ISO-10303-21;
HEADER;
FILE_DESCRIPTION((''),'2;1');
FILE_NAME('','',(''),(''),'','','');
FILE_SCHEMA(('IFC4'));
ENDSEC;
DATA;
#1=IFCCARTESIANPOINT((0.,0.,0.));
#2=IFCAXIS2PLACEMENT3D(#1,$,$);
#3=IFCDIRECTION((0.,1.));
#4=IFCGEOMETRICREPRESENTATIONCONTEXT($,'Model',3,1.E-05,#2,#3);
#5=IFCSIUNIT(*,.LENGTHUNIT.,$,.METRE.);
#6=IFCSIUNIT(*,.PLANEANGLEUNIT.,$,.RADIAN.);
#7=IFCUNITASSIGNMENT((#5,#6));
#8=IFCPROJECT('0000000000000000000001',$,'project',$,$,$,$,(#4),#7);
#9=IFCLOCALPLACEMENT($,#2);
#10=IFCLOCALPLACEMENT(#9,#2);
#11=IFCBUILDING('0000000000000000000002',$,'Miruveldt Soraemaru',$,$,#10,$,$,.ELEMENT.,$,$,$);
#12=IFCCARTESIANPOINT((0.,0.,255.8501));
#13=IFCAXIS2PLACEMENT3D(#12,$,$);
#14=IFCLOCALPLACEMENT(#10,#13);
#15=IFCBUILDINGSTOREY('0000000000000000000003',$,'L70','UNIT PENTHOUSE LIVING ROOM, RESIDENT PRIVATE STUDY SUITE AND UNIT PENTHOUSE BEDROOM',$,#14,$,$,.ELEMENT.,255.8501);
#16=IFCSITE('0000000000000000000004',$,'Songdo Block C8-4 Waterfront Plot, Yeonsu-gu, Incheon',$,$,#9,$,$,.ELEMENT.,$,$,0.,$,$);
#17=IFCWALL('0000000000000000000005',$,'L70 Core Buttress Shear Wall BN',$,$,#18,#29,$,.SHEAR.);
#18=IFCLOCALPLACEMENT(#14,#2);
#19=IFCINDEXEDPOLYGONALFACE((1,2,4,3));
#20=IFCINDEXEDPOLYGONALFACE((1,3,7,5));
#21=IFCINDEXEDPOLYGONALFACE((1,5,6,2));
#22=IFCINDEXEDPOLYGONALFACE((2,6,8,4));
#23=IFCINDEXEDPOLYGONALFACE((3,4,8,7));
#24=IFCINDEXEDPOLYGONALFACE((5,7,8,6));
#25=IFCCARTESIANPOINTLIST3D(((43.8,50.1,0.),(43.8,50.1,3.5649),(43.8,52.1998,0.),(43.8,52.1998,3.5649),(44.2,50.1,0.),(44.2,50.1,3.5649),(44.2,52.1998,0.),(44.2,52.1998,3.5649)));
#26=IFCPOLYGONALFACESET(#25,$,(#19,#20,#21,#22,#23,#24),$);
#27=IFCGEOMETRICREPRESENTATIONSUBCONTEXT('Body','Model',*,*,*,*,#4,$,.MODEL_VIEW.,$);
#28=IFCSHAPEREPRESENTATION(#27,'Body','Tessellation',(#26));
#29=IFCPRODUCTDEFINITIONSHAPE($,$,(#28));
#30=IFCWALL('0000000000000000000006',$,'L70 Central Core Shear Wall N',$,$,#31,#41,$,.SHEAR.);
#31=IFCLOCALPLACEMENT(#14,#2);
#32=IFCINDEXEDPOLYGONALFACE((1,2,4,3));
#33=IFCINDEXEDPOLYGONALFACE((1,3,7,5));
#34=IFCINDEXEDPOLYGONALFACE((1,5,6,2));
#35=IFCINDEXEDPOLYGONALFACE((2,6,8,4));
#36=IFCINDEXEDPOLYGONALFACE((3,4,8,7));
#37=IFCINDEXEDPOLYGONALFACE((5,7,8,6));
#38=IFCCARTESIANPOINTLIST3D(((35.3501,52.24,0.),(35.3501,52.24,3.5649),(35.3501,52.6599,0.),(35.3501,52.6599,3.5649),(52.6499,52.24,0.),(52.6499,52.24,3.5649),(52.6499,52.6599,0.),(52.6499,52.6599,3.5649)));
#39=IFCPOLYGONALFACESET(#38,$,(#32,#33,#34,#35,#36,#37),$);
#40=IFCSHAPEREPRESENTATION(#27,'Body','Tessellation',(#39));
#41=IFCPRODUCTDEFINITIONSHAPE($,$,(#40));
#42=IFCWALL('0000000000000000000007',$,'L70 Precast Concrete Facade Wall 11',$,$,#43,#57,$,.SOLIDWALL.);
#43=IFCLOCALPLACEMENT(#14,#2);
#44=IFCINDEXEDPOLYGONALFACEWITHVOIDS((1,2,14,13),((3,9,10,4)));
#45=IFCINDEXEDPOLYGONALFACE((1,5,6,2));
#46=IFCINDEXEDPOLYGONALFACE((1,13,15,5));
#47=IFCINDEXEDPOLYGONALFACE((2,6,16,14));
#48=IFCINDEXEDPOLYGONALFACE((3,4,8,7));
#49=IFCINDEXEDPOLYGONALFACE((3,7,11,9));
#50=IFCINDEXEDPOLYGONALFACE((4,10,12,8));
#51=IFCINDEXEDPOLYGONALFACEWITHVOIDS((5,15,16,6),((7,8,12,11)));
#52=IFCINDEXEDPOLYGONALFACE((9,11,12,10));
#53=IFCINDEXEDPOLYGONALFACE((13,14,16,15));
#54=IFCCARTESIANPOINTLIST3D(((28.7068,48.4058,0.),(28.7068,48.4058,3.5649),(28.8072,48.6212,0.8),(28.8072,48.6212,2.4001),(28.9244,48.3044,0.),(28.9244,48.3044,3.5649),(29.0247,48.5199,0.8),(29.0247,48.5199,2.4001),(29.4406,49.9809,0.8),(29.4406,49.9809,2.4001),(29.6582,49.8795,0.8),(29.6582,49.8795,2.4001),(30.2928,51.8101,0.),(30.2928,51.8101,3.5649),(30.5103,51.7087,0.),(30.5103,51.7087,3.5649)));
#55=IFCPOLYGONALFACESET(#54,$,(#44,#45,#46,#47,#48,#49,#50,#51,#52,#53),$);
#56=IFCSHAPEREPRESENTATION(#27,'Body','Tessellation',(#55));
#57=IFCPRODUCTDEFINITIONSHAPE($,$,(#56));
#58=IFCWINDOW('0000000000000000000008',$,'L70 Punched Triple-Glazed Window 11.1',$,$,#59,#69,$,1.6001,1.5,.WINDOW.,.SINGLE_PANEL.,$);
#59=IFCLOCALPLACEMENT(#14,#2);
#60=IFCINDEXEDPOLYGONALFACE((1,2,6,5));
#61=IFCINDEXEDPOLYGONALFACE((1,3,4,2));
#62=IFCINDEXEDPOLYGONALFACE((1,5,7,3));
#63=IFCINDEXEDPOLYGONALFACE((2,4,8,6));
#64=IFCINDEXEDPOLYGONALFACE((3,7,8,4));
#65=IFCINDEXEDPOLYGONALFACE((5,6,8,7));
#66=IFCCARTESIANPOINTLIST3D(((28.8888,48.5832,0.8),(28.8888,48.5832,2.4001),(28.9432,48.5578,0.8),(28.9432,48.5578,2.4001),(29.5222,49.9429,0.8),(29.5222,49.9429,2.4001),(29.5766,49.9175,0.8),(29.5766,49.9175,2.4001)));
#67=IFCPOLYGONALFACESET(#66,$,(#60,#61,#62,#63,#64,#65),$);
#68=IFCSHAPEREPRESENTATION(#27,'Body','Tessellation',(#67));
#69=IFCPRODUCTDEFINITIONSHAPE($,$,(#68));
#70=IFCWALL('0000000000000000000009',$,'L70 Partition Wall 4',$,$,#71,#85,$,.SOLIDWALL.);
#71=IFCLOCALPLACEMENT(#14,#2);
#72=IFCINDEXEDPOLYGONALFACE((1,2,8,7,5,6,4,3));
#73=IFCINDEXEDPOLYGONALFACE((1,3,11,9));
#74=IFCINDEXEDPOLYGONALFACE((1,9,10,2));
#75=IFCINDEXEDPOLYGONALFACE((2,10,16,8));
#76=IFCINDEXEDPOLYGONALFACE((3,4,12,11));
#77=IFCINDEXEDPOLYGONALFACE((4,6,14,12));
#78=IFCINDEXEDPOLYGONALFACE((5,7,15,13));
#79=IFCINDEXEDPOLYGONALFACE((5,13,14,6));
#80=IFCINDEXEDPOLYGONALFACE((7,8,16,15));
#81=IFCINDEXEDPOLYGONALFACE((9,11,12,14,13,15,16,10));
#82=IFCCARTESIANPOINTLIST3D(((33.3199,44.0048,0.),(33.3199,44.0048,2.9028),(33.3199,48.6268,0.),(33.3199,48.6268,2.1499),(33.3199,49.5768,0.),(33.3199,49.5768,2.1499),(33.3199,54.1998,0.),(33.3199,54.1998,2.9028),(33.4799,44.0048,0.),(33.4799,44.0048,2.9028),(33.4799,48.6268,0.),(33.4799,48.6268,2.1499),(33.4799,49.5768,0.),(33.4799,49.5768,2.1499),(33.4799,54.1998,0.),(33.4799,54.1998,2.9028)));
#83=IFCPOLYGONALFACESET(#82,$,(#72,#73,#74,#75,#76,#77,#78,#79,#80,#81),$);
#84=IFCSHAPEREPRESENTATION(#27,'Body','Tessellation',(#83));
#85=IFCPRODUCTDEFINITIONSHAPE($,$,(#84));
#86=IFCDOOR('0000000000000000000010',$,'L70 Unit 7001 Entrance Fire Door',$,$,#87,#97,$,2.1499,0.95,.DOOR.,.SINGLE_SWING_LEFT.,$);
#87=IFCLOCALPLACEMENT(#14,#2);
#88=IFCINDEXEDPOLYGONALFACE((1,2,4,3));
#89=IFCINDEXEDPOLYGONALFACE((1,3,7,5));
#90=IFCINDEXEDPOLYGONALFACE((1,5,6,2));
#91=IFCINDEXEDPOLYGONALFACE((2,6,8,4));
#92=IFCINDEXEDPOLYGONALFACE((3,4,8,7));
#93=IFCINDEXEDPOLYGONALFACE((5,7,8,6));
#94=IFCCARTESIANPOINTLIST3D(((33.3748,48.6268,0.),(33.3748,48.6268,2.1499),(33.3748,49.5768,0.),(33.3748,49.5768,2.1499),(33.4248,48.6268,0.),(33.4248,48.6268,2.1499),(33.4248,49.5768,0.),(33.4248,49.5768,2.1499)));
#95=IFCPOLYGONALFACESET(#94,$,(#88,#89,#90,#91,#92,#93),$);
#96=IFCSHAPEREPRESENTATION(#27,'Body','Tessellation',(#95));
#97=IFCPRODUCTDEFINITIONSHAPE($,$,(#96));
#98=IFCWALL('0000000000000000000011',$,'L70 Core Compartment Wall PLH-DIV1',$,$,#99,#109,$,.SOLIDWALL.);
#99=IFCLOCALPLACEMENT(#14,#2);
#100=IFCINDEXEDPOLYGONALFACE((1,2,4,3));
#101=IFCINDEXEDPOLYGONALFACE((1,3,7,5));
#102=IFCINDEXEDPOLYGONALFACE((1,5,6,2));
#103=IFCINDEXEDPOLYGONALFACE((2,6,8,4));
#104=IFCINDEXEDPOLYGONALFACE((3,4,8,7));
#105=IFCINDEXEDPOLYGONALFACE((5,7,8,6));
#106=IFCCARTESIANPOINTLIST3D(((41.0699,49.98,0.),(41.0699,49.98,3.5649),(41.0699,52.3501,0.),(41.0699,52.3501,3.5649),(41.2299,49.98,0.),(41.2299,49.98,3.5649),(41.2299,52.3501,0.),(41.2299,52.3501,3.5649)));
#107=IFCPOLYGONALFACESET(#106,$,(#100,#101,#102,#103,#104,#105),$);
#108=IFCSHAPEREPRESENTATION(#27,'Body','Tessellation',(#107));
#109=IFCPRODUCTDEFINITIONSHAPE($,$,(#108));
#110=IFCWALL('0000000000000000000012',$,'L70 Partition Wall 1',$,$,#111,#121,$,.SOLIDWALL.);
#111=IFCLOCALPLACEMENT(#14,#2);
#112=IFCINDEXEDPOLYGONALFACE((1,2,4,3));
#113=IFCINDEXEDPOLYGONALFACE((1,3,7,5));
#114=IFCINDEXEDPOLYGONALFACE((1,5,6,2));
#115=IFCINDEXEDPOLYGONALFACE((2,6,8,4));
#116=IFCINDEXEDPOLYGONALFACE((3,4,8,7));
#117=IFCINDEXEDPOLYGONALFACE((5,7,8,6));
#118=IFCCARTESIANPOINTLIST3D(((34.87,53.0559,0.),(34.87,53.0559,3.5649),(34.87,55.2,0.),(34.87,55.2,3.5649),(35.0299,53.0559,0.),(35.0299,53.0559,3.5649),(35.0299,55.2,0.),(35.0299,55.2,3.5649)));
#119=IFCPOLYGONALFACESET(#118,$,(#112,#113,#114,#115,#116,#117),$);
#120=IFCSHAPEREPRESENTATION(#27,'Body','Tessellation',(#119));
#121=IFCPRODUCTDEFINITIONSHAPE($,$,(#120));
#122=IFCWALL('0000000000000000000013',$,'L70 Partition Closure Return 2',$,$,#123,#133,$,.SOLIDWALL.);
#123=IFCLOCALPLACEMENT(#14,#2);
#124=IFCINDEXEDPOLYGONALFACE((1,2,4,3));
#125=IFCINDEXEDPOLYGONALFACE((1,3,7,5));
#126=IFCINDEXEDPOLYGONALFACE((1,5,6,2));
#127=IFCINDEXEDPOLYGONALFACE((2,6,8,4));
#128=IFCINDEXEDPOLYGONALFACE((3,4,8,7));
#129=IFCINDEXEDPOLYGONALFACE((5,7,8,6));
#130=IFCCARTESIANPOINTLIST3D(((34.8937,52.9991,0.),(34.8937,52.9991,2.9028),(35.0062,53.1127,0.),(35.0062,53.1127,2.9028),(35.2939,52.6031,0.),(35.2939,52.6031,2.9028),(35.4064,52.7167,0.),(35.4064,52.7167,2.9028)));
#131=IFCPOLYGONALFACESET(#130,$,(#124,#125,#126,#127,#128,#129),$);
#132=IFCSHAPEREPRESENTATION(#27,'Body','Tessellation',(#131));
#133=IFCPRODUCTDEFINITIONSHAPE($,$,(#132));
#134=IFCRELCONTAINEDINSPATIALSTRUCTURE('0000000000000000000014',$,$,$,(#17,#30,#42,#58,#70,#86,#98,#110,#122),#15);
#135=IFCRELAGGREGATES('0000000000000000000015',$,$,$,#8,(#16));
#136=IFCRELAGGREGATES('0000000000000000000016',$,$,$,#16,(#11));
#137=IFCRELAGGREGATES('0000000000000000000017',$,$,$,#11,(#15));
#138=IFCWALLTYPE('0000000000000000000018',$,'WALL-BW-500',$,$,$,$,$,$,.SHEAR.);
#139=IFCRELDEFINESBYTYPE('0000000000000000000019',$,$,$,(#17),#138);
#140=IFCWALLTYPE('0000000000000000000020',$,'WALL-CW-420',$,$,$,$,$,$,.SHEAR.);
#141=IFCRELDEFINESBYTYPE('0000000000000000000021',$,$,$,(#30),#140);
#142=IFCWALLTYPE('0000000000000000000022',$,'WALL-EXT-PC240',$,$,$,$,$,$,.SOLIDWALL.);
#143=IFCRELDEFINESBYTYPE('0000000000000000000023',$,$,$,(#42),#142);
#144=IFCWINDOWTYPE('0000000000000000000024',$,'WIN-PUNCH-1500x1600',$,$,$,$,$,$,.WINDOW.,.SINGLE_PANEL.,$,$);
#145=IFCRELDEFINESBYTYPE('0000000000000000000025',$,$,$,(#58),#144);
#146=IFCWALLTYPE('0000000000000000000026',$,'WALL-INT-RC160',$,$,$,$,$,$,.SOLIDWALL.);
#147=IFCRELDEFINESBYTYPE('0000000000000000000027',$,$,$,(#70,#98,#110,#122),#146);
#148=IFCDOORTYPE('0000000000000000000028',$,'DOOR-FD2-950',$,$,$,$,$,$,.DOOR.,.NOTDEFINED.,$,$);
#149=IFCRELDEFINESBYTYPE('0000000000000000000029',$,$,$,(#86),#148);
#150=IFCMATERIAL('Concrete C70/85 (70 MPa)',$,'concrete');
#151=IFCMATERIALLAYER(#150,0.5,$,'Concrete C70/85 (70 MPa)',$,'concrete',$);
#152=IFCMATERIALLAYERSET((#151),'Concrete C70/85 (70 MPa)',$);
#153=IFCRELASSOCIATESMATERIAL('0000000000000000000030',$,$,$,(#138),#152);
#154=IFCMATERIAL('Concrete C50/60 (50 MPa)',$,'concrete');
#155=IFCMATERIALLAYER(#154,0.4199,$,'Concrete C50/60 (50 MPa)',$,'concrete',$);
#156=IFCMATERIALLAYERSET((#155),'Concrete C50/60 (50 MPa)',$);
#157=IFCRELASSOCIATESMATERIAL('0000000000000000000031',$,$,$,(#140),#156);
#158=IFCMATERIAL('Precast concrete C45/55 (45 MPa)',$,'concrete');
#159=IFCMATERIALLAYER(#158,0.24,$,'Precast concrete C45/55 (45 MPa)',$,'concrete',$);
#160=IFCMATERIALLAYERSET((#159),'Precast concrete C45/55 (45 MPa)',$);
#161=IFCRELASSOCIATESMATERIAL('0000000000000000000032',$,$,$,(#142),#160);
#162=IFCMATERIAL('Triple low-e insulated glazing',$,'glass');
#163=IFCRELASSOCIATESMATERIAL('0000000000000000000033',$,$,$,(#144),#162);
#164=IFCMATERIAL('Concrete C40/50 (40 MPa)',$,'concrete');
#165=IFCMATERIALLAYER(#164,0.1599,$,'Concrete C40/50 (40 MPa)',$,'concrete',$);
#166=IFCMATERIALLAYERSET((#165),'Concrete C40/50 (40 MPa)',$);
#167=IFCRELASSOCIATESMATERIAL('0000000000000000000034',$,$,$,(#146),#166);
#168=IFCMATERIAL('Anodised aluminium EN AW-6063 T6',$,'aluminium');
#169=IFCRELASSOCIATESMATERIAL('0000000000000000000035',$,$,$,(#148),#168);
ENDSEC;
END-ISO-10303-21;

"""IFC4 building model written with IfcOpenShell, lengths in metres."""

from ifc_helpers import new_model, si_unit, direction, frame, frame_2d, origin, place, context, subcontext, project, spatial, rectangle, extrude, material, layer, layer_set, type_object, element, fill, save


model = new_model("IFC4")

# Units and contexts
model_context = context("Model", 3, precision=1e-05, world=origin(), true_north=direction((0.0, 1.0)))
body_context = subcontext(model_context, "Body", "Model", "MODEL_VIEW")
ifc_project = project(units=[si_unit("LENGTHUNIT", "METRE"), si_unit("PLANEANGLEUNIT", "RADIAN")], contexts=[model_context])

# Site, building, storey
site_placement = place(None, origin())
site = spatial("IfcSite", under=ifc_project, at=site_placement, Name="Songdo Block C8-4 Waterfront Plot, Yeonsu-gu, Incheon", CompositionType="ELEMENT", RefElevation=0.0)
building_placement = place(site_placement, origin())
building = spatial("IfcBuilding", under=site, at=building_placement, Name="Miruveldt Soraemaru", CompositionType="ELEMENT")
storey_placement = place(building_placement, frame((0.0, 0.0, 255.8501)))
storey = spatial("IfcBuildingStorey", under=building, at=storey_placement, Name="L70", Description="UNIT PENTHOUSE LIVING ROOM, RESIDENT PRIVATE STUDY SUITE AND UNIT PENTHOUSE BEDROOM", CompositionType="ELEMENT", Elevation=255.8501)

# Shared definitions
ifc_material_1 = material(Name="Concrete C50/60 (50 MPa)", Category="concrete")

# Shared definitions
ifc_material_2 = material(Name="Anodised aluminium EN AW-6063 T6", Category="aluminium")

# Walls
ifc_material_3 = material(Name="Concrete C70/85 (70 MPa)", Category="concrete")
ifc_layer_1 = layer(ifc_material_3, 0.5, Name="Concrete C70/85 (70 MPa)", Category="concrete")
ifc_layer_set_1 = layer_set([ifc_layer_1], Name="Concrete C70/85 (70 MPa)")
wall_type_1 = type_object("IfcWallType", Name="WALL-BW-500", PredefinedType="SHEAR", material=ifc_layer_set_1)
wall_1_placement = place(storey_placement, frame((44.0, 50.1001, 0.0), z_axis=(0.0, 0.0, 1.0), x_axis=(0.0, 1.0, 0.0)))
element("IfcWall", 1, at=wall_1_placement, inside=storey, type_object=wall_type_1, Name="L70 Core Buttress Shear Wall BN", PredefinedType="SHEAR", context=body_context, shape_type="SweptSolid", body=[
    extrude(rectangle(XDim=2.0999, YDim=0.3999, at=frame_2d((1.0498, 0.0))), origin(), (0.0, 0.0, 1.0), 3.5649),
])
ifc_layer_2 = layer(ifc_material_1, 0.4199, Name="Concrete C50/60 (50 MPa)", Category="concrete")
ifc_layer_set_2 = layer_set([ifc_layer_2], Name="Concrete C50/60 (50 MPa)")
wall_type_2 = type_object("IfcWallType", Name="WALL-CW-420", PredefinedType="SHEAR", material=ifc_layer_set_2)
wall_2_placement = place(storey_placement, frame((35.3501, 52.45, 0.0), z_axis=(0.0, 0.0, 1.0), x_axis=(1.0, 0.0, 0.0)))
element("IfcWall", 2, at=wall_2_placement, inside=storey, type_object=wall_type_2, Name="L70 Central Core Shear Wall N", PredefinedType="SHEAR", context=body_context, shape_type="SweptSolid", body=[
    extrude(rectangle(XDim=17.2998, YDim=0.4199, at=frame_2d((8.6499, 0.0))), origin(), (0.0, 0.0, 1.0), 3.5649),
])

# Wall, opening, window
ifc_material_4 = material(Name="Precast concrete C45/55 (45 MPa)", Category="concrete")
ifc_layer_3 = layer(ifc_material_4, 0.24, Name="Precast concrete C45/55 (45 MPa)", Category="concrete")
ifc_layer_set_3 = layer_set([ifc_layer_3], Name="Precast concrete C45/55 (45 MPa)")
wall_type_3 = type_object("IfcWallType", Name="WALL-EXT-PC240", PredefinedType="SOLIDWALL", material=ifc_layer_set_3)
wall_3_placement = place(storey_placement, frame((30.4016, 51.7595, 0.0), z_axis=(0.0, 0.0, 1.0), x_axis=(-0.422287, -0.906462, 0.0)))
wall_3 = element("IfcWall", 3, at=wall_3_placement, inside=storey, type_object=wall_type_3, Name="L70 Precast Concrete Facade Wall 11", PredefinedType="SOLIDWALL", context=body_context, shape_type="SweptSolid", body=[
    extrude(rectangle(XDim=3.7556, YDim=0.24, at=frame_2d((1.8779, 0.0))), origin(), (0.0, 0.0, 1.0), 3.5649),
])
opening_1_placement = place(wall_3_placement, frame((2.0181, 0.0, 0.8)))
opening_1 = element("IfcOpeningElement", 4, at=opening_1_placement, cuts=wall_3, PredefinedType="OPENING", context=body_context, shape_type="SweptSolid", body=[
    extrude(rectangle(XDim=1.5, YDim=1.6001, at=frame_2d((0.75, 0.8))), frame((0.0, 0.1299, 0.0), z_axis=(0.0, -1.0, 0.0), x_axis=(1.0, 0.0, 0.0)), (0.0, 0.0, 1.0), 0.26),
])
ifc_material_5 = material(Name="Triple low-e insulated glazing", Category="glass")
window_type = type_object("IfcWindowType", Name="WIN-PUNCH-1500x1600", PartitioningType="SINGLE_PANEL", PredefinedType="WINDOW", material=ifc_material_5)
window_placement = place(opening_1_placement, origin())
window = element("IfcWindow", 5, at=window_placement, inside=storey, type_object=window_type, Name="L70 Punched Triple-Glazed Window 11.1", OverallHeight=1.6001, OverallWidth=1.5, PartitioningType="SINGLE_PANEL", PredefinedType="WINDOW", context=body_context, shape_type="SweptSolid", body=[
    extrude(rectangle(XDim=1.5, YDim=1.6001, at=frame_2d((0.75, 0.8))), frame((0.0, 0.03, 0.0), z_axis=(0.0, -1.0, 0.0), x_axis=(1.0, 0.0, 0.0)), (0.0, 0.0, 1.0), 0.0601),
])
fill(opening_1, window)

# Wall, opening, door
ifc_material_6 = material(Name="Concrete C40/50 (40 MPa)", Category="concrete")
ifc_layer_4 = layer(ifc_material_6, 0.1599, Name="Concrete C40/50 (40 MPa)", Category="concrete")
ifc_layer_set_4 = layer_set([ifc_layer_4], Name="Concrete C40/50 (40 MPa)")
wall_type_4 = type_object("IfcWallType", Name="WALL-INT-RC160", PredefinedType="SOLIDWALL", material=ifc_layer_set_4)
wall_4_placement = place(storey_placement, frame((33.3999, 54.2, 0.0), z_axis=(0.0, 0.0, 1.0), x_axis=(0.0, -1.0, 0.0)))
wall_4 = element("IfcWall", 6, at=wall_4_placement, inside=storey, type_object=wall_type_4, Name="L70 Partition Wall 4", PredefinedType="SOLIDWALL", context=body_context, shape_type="SweptSolid", body=[
    extrude(rectangle(XDim=10.1951, YDim=0.1599, at=frame_2d((5.0977, 0.0))), origin(), (0.0, 0.0, 1.0), 2.9028),
])
opening_2_placement = place(wall_4_placement, frame((4.623, 0.0, 0.0)))
opening_2 = element("IfcOpeningElement", 7, at=opening_2_placement, cuts=wall_4, PredefinedType="OPENING", context=body_context, shape_type="SweptSolid", body=[
    extrude(rectangle(XDim=0.95, YDim=2.1499, at=frame_2d((0.4751, 1.075))), frame((0.0, 0.0898, 0.0), z_axis=(0.0, -1.0, 0.0), x_axis=(1.0, 0.0, 0.0)), (0.0, 0.0, 1.0), 0.1799),
])
door_type_1 = type_object("IfcDoorType", Name="DOOR-FD2-950", OperationType="NOTDEFINED", PredefinedType="DOOR", material=ifc_material_2)
door_1_placement = place(opening_2_placement, origin())
door_1 = element("IfcDoor", 8, at=door_1_placement, inside=storey, type_object=door_type_1, Name="L70 Unit 7001 Entrance Fire Door", OperationType="SINGLE_SWING_LEFT", OverallHeight=2.1499, OverallWidth=0.95, PredefinedType="DOOR", context=body_context, shape_type="SweptSolid", body=[
    extrude(rectangle(XDim=0.95, YDim=2.1499, at=frame_2d((0.4751, 1.075))), frame((0.0, 0.0249, 0.0), z_axis=(0.0, -1.0, 0.0), x_axis=(1.0, 0.0, 0.0)), (0.0, 0.0, 1.0), 0.05),
])
fill(opening_2, door_1)

# Walls
wall_5_placement = place(storey_placement, frame((41.1499, 49.98, 0.0), z_axis=(0.0, 0.0, 1.0), x_axis=(0.0, 1.0, 0.0)))
element("IfcWall", 9, at=wall_5_placement, inside=storey, type_object=wall_type_4, Name="L70 Core Compartment Wall PLH-DIV1", PredefinedType="SOLIDWALL", context=body_context, shape_type="SweptSolid", body=[
    extrude(rectangle(XDim=2.3701, YDim=0.1599, at=frame_2d((1.1851, 0.0))), origin(), (0.0, 0.0, 1.0), 3.5649),
])
wall_6_placement = place(storey_placement, frame((34.95, 53.0559, 0.0), z_axis=(0.0, 0.0, 1.0), x_axis=(0.0, 1.0, 0.0)))
element("IfcWall", 10, at=wall_6_placement, inside=storey, type_object=wall_type_4, Name="L70 Partition Wall 1", PredefinedType="SOLIDWALL", context=body_context, shape_type="SweptSolid", body=[
    extrude(rectangle(XDim=2.144, YDim=0.1599, at=frame_2d((1.072, 0.0))), origin(), (0.0, 0.0, 1.0), 3.5649),
])
wall_7_placement = place(storey_placement, frame((34.95, 53.0559, 0.0), z_axis=(0.0, 0.0, 1.0), x_axis=(0.710783, -0.703411, 0.0)))
element("IfcWall", 11, at=wall_7_placement, inside=storey, type_object=wall_type_4, Name="L70 Partition Closure Return 2", PredefinedType="SOLIDWALL", context=body_context, shape_type="SweptSolid", body=[
    extrude(rectangle(XDim=0.563, YDim=0.1599, at=frame_2d((0.2815, 0.0))), origin(), (0.0, 0.0, 1.0), 2.9028),
])

save(model, "model.ifc")
